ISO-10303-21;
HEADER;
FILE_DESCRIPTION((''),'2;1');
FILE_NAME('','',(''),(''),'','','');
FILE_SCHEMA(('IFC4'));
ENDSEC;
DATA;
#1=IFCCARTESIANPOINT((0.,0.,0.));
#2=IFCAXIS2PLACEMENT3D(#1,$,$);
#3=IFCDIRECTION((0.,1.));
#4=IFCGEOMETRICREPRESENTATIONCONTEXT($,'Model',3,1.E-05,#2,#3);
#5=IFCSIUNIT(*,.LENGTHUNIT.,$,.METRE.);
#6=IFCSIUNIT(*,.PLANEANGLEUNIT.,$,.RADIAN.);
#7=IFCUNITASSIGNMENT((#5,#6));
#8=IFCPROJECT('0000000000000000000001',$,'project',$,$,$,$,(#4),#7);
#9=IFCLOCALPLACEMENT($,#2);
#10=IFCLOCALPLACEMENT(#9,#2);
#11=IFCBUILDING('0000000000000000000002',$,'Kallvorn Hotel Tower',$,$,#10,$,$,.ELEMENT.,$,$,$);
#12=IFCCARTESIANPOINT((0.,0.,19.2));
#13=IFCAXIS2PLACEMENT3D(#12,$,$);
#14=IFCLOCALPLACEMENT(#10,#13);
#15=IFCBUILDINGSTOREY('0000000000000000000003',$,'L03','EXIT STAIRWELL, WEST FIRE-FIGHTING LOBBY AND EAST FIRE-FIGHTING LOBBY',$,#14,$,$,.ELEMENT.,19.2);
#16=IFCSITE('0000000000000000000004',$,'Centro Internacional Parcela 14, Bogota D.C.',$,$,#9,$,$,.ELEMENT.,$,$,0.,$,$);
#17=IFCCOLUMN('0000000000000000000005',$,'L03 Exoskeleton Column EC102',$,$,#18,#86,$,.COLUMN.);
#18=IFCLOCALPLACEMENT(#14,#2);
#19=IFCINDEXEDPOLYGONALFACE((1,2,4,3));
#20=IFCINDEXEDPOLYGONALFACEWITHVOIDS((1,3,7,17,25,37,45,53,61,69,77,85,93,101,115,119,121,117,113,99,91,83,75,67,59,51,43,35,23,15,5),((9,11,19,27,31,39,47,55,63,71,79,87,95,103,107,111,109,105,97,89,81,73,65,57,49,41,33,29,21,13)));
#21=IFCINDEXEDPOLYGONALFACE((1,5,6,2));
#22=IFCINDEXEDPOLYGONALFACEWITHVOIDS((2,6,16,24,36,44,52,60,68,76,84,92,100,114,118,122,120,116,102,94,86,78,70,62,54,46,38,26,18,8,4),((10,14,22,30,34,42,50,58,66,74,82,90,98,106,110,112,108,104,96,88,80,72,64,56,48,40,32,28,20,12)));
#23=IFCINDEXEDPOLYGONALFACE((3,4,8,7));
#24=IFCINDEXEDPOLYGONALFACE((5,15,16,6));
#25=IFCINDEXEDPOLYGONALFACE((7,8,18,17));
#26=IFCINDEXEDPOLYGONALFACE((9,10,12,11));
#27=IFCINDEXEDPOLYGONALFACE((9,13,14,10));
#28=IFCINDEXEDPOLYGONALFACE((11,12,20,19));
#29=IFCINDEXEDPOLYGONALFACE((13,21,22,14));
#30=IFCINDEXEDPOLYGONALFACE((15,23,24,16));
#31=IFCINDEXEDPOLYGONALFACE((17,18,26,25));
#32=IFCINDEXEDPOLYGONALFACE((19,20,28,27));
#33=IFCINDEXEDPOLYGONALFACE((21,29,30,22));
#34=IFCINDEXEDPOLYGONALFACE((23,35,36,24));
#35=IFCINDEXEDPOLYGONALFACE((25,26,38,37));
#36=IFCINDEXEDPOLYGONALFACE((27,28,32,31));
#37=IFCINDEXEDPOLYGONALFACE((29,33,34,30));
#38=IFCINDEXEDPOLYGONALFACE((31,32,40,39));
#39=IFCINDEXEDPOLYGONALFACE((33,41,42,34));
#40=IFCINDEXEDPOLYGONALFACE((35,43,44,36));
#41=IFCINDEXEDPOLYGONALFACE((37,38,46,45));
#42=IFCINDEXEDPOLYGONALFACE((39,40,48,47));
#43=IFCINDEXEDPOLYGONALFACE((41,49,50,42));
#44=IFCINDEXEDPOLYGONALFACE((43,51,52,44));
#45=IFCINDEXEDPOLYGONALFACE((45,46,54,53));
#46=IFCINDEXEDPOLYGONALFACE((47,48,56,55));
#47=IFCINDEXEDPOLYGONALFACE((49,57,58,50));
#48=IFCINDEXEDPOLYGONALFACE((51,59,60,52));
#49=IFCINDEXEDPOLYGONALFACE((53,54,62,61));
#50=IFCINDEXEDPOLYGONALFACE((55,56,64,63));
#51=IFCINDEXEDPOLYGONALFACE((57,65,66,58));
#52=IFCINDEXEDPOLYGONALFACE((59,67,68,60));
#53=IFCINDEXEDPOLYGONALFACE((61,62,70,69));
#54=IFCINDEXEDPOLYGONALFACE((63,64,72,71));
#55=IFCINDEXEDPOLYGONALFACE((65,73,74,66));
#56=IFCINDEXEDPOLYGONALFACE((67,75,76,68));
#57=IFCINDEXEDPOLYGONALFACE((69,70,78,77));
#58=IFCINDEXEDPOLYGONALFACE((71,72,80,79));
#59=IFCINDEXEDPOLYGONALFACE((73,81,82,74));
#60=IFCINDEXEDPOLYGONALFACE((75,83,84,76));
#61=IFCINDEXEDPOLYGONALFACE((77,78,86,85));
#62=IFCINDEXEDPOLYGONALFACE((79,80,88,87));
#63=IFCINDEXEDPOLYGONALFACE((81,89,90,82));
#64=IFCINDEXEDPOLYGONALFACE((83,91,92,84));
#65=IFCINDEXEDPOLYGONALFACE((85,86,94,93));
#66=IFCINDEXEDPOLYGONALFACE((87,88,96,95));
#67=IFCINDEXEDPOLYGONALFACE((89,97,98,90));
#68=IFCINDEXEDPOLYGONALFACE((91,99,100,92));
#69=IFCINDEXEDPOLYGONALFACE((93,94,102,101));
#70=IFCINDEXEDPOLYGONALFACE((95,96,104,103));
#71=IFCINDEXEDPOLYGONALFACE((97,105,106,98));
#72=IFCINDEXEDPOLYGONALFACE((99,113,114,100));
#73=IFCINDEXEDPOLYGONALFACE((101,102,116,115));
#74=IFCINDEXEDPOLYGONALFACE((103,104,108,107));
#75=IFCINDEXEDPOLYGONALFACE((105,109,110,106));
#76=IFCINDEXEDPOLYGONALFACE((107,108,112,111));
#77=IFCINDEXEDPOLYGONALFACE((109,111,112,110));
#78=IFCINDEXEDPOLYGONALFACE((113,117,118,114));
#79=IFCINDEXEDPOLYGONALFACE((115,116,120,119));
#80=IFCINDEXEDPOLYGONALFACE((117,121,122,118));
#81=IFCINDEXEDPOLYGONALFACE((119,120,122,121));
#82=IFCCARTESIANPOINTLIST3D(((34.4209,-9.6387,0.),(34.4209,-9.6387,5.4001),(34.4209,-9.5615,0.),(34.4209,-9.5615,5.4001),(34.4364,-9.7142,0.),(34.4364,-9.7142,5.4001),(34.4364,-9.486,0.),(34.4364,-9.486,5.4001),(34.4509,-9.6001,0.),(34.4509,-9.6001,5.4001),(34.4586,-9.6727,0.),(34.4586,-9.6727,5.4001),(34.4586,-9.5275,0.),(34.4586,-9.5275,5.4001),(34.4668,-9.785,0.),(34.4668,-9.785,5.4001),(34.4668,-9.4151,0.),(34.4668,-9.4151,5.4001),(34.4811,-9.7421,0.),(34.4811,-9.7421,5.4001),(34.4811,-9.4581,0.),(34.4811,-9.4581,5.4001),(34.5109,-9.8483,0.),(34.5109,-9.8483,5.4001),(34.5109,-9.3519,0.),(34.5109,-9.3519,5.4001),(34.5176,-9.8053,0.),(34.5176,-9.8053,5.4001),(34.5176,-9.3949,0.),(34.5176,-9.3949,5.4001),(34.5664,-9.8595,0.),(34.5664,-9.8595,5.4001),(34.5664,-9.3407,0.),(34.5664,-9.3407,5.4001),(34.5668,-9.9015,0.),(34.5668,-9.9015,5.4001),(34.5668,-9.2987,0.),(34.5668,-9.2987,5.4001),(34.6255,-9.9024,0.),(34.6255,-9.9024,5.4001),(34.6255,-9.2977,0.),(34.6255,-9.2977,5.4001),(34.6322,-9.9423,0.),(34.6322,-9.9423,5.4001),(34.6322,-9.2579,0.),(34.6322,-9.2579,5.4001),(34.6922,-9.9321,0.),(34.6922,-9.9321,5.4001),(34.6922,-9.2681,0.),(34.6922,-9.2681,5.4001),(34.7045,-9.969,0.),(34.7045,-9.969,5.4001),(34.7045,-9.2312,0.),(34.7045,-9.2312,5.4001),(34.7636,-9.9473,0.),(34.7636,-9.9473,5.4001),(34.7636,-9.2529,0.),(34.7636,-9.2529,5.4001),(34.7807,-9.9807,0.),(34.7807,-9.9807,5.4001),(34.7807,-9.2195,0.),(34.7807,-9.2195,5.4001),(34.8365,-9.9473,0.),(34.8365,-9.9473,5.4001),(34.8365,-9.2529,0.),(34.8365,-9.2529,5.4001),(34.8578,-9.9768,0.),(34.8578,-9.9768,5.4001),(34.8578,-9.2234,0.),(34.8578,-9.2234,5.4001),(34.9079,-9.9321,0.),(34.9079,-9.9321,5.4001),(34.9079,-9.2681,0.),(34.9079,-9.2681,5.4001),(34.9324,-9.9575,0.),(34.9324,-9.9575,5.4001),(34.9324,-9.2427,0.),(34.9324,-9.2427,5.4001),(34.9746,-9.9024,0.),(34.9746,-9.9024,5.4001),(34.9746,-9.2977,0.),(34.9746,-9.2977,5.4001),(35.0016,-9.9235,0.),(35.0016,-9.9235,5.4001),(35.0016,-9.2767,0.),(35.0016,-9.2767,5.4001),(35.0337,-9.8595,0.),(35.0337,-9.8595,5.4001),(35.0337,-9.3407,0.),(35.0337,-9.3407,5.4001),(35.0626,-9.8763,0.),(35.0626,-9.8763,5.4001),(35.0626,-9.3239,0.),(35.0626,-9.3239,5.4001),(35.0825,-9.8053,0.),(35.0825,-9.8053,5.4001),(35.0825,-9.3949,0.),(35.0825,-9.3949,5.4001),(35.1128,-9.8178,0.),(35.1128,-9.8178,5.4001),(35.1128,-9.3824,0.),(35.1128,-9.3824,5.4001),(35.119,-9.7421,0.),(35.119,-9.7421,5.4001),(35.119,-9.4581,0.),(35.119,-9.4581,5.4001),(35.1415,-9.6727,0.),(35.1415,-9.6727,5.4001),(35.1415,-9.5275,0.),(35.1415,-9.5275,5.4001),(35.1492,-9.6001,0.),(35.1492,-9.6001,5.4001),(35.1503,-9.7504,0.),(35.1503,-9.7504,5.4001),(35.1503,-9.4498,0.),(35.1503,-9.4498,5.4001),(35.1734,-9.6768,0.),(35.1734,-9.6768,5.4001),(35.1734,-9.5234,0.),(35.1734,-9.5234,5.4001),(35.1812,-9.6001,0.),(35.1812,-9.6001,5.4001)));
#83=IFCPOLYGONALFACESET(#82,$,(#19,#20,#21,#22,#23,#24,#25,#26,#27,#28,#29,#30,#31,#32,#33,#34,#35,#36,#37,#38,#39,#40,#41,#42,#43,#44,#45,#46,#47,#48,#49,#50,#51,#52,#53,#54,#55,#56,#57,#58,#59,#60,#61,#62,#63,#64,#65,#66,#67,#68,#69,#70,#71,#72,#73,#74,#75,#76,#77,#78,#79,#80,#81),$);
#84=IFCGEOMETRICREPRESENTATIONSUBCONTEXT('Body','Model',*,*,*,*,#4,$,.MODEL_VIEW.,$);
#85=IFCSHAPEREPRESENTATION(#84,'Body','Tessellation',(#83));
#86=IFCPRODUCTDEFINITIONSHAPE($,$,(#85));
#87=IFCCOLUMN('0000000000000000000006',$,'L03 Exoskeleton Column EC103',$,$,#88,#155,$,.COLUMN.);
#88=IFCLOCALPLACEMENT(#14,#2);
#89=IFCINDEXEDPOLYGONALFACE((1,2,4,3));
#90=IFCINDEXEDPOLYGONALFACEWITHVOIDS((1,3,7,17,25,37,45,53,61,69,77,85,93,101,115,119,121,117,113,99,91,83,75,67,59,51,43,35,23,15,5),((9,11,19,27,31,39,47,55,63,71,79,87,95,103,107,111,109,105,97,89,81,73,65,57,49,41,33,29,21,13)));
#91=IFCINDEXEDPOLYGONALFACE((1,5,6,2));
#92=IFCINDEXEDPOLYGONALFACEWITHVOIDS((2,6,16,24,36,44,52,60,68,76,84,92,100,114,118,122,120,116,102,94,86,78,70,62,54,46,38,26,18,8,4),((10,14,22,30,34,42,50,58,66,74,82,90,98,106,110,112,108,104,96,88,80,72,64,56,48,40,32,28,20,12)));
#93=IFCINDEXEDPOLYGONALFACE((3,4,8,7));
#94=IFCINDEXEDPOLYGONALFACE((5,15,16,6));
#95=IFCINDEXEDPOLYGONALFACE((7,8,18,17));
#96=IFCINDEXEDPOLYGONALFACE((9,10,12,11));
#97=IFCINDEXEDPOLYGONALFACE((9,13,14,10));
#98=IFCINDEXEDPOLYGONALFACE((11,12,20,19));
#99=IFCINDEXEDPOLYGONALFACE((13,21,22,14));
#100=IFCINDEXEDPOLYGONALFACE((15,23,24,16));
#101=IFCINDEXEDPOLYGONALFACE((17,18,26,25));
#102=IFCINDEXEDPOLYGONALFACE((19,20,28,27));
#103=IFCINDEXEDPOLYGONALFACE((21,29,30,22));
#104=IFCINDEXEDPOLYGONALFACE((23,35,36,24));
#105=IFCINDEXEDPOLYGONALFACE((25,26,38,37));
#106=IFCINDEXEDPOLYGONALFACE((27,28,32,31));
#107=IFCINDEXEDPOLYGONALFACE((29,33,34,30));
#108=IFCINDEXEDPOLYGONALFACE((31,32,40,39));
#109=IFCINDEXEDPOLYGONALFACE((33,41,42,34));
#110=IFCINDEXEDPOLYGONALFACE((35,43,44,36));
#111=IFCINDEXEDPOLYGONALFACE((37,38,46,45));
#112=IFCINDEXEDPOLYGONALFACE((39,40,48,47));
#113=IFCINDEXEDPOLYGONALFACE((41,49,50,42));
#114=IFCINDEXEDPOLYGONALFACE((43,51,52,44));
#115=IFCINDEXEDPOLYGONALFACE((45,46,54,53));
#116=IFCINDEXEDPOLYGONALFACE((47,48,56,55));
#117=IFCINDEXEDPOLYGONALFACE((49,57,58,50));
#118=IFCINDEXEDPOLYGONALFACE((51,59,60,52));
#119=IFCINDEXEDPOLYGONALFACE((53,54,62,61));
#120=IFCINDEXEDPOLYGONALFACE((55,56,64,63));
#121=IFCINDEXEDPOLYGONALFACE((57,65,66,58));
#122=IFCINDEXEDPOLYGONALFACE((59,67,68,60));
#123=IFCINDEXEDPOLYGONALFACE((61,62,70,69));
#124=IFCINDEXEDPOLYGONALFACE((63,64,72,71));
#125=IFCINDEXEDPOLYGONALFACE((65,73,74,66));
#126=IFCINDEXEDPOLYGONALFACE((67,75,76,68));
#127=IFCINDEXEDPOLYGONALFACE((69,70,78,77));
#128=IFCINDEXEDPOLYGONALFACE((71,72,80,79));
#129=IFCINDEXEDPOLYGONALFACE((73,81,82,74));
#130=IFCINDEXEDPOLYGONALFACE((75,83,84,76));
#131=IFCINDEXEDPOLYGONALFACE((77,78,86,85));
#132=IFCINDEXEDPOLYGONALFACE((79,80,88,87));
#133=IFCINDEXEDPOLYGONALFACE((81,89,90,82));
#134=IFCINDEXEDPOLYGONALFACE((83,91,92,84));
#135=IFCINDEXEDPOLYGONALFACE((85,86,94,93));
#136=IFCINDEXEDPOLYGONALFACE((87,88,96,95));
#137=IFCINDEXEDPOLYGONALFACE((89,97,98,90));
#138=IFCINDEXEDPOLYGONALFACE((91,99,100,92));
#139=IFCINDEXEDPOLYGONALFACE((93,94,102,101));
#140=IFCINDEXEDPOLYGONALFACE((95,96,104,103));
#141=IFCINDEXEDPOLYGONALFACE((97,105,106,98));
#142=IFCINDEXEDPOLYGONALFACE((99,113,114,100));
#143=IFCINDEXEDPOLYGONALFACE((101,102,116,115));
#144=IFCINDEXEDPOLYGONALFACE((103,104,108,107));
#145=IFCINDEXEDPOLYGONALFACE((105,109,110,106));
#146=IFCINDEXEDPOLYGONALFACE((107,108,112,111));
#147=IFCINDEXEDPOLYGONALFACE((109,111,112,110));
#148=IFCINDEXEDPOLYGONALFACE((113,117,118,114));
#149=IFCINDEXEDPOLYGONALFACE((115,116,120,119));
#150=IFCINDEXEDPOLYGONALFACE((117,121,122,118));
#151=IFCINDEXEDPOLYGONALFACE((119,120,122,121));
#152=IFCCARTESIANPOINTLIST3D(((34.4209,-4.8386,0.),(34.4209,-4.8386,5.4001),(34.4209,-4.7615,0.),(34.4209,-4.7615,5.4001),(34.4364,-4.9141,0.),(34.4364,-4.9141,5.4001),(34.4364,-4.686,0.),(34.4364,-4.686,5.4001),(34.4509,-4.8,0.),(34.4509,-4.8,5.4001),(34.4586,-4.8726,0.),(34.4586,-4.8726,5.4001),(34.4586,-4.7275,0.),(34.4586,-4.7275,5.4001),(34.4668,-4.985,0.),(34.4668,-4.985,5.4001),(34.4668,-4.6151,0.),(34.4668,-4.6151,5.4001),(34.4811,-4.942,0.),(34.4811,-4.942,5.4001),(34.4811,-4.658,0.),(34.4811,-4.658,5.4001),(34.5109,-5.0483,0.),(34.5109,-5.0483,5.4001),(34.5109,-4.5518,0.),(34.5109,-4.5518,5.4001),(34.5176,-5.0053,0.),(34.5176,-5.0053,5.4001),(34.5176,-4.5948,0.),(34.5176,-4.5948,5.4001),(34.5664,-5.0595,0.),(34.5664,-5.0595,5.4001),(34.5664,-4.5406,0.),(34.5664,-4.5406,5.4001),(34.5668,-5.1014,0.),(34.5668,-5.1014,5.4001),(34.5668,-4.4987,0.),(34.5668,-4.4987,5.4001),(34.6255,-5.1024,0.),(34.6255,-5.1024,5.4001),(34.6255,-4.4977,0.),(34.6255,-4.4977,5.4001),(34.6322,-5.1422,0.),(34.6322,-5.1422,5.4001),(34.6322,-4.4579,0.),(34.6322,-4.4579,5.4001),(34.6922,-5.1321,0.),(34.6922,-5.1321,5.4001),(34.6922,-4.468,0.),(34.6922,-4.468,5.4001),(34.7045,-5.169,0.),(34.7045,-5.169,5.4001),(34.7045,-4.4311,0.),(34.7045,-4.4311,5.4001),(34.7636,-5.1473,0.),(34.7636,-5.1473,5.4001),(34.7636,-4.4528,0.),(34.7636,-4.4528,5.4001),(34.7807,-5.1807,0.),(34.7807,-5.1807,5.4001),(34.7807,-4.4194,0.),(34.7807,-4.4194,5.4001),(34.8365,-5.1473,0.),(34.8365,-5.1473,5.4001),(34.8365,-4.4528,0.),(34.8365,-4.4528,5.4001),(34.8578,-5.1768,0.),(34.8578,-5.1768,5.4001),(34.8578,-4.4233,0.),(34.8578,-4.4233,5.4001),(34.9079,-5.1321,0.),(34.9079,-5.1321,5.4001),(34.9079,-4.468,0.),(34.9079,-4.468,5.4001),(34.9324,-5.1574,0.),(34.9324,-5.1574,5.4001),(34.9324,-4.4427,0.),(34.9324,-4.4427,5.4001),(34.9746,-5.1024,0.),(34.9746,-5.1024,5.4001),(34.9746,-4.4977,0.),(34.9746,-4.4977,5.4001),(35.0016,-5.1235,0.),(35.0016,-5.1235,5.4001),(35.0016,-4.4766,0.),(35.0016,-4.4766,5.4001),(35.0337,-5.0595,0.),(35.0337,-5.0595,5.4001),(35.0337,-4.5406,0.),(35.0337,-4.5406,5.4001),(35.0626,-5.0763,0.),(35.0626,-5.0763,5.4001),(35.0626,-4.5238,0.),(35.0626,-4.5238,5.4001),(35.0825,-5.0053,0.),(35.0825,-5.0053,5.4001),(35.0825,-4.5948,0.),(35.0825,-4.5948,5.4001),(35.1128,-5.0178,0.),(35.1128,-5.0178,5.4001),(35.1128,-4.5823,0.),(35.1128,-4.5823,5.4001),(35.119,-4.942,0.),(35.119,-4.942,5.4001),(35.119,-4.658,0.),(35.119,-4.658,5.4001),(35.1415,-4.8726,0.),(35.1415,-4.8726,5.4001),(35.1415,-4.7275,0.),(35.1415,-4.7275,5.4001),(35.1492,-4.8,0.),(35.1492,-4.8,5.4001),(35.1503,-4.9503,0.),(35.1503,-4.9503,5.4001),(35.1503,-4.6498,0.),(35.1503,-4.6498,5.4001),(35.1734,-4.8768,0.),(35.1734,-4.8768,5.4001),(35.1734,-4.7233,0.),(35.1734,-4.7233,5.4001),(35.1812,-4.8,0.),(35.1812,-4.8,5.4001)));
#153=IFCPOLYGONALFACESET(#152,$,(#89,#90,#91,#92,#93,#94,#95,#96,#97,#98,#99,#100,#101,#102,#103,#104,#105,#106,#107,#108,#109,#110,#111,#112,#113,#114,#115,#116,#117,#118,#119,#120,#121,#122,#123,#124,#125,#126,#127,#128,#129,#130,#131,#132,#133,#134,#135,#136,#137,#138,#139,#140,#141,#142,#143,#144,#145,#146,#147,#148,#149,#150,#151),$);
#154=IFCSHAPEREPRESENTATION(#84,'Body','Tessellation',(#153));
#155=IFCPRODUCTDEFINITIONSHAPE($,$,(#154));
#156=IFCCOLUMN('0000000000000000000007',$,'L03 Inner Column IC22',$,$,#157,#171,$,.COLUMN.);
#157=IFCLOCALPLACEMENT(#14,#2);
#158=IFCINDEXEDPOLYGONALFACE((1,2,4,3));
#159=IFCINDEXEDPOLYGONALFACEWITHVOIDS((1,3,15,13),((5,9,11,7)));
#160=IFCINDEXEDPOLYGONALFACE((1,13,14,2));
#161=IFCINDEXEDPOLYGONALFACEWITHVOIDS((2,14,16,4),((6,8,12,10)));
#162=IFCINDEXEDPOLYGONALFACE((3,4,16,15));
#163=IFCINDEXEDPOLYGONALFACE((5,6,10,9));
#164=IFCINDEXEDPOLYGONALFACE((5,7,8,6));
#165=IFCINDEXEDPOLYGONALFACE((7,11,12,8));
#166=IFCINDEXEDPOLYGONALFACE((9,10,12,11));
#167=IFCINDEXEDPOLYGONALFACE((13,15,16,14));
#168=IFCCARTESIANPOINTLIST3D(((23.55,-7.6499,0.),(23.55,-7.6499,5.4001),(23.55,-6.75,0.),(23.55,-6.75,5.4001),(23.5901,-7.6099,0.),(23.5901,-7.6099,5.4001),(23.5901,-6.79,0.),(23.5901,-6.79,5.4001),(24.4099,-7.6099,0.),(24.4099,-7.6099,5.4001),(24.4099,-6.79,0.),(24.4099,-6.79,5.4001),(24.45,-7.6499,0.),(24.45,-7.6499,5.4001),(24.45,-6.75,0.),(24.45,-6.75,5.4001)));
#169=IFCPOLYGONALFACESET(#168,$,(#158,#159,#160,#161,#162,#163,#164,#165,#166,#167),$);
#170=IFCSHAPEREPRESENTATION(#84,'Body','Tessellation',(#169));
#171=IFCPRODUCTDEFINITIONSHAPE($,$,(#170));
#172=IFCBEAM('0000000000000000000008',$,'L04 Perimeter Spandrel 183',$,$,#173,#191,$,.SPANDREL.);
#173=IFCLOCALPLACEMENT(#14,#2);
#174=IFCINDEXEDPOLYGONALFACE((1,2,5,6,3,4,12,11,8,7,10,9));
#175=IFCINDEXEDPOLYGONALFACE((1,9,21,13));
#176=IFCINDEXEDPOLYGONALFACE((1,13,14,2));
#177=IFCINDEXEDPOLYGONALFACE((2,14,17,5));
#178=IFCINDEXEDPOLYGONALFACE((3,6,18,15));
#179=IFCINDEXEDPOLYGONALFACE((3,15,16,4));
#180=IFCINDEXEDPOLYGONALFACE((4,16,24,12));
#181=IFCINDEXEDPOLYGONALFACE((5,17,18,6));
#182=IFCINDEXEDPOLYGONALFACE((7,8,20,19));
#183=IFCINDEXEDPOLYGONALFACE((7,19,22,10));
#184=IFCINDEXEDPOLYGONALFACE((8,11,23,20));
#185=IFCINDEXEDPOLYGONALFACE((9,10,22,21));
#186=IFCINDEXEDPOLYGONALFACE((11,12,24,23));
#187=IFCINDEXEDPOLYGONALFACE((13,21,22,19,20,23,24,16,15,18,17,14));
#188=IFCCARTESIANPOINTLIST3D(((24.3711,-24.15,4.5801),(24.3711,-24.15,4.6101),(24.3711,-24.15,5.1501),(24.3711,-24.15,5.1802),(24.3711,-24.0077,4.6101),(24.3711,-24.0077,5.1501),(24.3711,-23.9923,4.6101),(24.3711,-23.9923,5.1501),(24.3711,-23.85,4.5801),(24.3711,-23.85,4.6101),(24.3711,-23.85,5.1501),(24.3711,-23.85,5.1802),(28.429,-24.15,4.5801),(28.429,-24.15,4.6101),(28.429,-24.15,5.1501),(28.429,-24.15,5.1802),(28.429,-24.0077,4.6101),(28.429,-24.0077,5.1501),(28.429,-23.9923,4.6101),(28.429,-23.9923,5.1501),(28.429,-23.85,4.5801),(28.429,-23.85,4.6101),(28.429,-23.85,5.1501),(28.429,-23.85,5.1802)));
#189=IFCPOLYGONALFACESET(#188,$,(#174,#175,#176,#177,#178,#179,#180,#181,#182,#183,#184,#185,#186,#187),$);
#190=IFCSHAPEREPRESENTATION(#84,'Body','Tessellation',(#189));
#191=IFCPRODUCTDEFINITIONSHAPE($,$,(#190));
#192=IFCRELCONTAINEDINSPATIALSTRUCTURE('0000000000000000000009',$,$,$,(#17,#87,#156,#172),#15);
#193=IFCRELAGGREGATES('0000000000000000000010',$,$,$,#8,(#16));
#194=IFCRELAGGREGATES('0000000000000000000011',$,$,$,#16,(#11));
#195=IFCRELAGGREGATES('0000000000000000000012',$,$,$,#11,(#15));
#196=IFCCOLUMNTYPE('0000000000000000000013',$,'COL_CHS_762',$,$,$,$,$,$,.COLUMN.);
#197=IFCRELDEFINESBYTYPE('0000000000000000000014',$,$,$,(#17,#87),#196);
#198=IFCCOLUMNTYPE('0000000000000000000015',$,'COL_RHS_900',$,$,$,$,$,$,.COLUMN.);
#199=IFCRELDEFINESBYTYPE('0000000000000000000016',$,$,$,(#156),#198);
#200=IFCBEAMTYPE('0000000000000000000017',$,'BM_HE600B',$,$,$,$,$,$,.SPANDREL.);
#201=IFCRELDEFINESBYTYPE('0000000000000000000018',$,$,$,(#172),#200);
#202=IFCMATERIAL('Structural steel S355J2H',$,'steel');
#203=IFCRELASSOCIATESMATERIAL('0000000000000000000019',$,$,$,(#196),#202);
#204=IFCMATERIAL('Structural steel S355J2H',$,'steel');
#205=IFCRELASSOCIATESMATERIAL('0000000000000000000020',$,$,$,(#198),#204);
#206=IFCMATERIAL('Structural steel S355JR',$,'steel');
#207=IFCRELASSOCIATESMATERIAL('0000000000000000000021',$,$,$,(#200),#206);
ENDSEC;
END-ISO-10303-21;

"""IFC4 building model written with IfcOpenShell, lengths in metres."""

from ifc_helpers import new_model, si_unit, direction, frame, origin, origin_2d, place, context, subcontext, project, spatial, hollow_rectangle, hollow_circle, i_section, extrude, material, material_profile, profile_set, type_object, element, save


model = new_model("IFC4")

# Units and contexts
model_context = context("Model", 3, precision=1e-05, world=origin(), true_north=direction((0.0, 1.0)))
body_context = subcontext(model_context, "Body", "Model", "MODEL_VIEW")
ifc_project = project(units=[si_unit("LENGTHUNIT", "METRE"), si_unit("PLANEANGLEUNIT", "RADIAN")], contexts=[model_context])

# Site, building, storey
site_placement = place(None, origin())
site = spatial("IfcSite", under=ifc_project, at=site_placement, Name="Centro Internacional Parcela 14, Bogota D.C.", CompositionType="ELEMENT", RefElevation=0.0)
building_placement = place(site_placement, origin())
building = spatial("IfcBuilding", under=site, at=building_placement, Name="Kallvorn Hotel Tower", CompositionType="ELEMENT")
storey_placement = place(building_placement, frame((0.0, 0.0, 19.2)))
storey = spatial("IfcBuildingStorey", under=building, at=storey_placement, Name="L03", Description="EXIT STAIRWELL, WEST FIRE-FIGHTING LOBBY AND EAST FIRE-FIGHTING LOBBY", CompositionType="ELEMENT", Elevation=19.2)

# Columns
ifc_material_1 = material(Name="Structural steel S355J2H", Category="steel")
ifc_material_profile_1 = material_profile(ifc_material_1, hollow_circle(Radius=0.3811, WallThickness=0.032, at=origin_2d()), Name="CHS 762x32")
ifc_profile_set_1 = profile_set([ifc_material_profile_1], Name="Structural steel S355J2H")
column_type_1 = type_object("IfcColumnType", Name="COL_CHS_762", PredefinedType="COLUMN", material=ifc_profile_set_1)
for number, where, z_axis, x_axis, name in (
    (1, (34.8, -9.6001, 0.0), (0.0, 0.0, 1.0), (1.0, 0.0, 0.0), "L03 Exoskeleton Column EC102"),
    (2, (34.8, -4.8, 0.0), (0.0, 0.0, 1.0), (1.0, 0.0, 0.0), "L03 Exoskeleton Column EC103"),
):
    element("IfcColumn", number, at=place(storey_placement, frame(where, z_axis=z_axis, x_axis=x_axis)), inside=storey, type_object=column_type_1, Name=name, PredefinedType="COLUMN", context=body_context, shape_type="SweptSolid", body=[
        extrude(hollow_circle(Radius=0.3811, WallThickness=0.032, at=origin_2d()), origin(), (0.0, 0.0, 1.0), 5.4001),
    ])
ifc_material_2 = material(Name="Structural steel S355J2H", Category="steel")
ifc_material_profile_2 = material_profile(ifc_material_2, hollow_rectangle(XDim=0.8999, YDim=0.8999, WallThickness=0.04, at=origin_2d()), Name="RHS 900x900x40")
ifc_profile_set_2 = profile_set([ifc_material_profile_2], Name="Structural steel S355J2H")
column_type_2 = type_object("IfcColumnType", Name="COL_RHS_900", PredefinedType="COLUMN", material=ifc_profile_set_2)
column_placement = place(storey_placement, frame((24.0, -7.2, 0.0), z_axis=(0.0, 0.0, 1.0), x_axis=(1.0, 0.0, 0.0)))
element("IfcColumn", 3, at=column_placement, inside=storey, type_object=column_type_2, Name="L03 Inner Column IC22", PredefinedType="COLUMN", context=body_context, shape_type="SweptSolid", body=[
    extrude(hollow_rectangle(XDim=0.8999, YDim=0.8999, WallThickness=0.04, at=origin_2d()), origin(), (0.0, 0.0, 1.0), 5.4001),
])

# Beam
ifc_material_3 = material(Name="Structural steel S355JR", Category="steel")
ifc_material_profile_3 = material_profile(ifc_material_3, i_section(OverallWidth=0.3, OverallDepth=0.6001, WebThickness=0.0154, FlangeThickness=0.03, at=origin_2d()), Name="HE 600 B")
ifc_profile_set_3 = profile_set([ifc_material_profile_3], Name="Structural steel S355JR")
beam_type_1 = type_object("IfcBeamType", Name="BM_HE600B", PredefinedType="SPANDREL", material=ifc_profile_set_3)
beam_1_placement = place(storey_placement, frame((24.3711, -24.0, 4.8801), z_axis=(1.0, 0.0, 0.0), x_axis=(0.0, 1.0, 0.0)))
element("IfcBeam", 4, at=beam_1_placement, inside=storey, type_object=beam_type_1, Name="L04 Perimeter Spandrel 183", PredefinedType="SPANDREL", context=body_context, shape_type="SweptSolid", body=[
    extrude(i_section(OverallWidth=0.3, OverallDepth=0.6001, WebThickness=0.0154, FlangeThickness=0.03, at=origin_2d()), origin(), (0.0, 0.0, 1.0), 4.0579),
])

save(model, "model.ifc")
